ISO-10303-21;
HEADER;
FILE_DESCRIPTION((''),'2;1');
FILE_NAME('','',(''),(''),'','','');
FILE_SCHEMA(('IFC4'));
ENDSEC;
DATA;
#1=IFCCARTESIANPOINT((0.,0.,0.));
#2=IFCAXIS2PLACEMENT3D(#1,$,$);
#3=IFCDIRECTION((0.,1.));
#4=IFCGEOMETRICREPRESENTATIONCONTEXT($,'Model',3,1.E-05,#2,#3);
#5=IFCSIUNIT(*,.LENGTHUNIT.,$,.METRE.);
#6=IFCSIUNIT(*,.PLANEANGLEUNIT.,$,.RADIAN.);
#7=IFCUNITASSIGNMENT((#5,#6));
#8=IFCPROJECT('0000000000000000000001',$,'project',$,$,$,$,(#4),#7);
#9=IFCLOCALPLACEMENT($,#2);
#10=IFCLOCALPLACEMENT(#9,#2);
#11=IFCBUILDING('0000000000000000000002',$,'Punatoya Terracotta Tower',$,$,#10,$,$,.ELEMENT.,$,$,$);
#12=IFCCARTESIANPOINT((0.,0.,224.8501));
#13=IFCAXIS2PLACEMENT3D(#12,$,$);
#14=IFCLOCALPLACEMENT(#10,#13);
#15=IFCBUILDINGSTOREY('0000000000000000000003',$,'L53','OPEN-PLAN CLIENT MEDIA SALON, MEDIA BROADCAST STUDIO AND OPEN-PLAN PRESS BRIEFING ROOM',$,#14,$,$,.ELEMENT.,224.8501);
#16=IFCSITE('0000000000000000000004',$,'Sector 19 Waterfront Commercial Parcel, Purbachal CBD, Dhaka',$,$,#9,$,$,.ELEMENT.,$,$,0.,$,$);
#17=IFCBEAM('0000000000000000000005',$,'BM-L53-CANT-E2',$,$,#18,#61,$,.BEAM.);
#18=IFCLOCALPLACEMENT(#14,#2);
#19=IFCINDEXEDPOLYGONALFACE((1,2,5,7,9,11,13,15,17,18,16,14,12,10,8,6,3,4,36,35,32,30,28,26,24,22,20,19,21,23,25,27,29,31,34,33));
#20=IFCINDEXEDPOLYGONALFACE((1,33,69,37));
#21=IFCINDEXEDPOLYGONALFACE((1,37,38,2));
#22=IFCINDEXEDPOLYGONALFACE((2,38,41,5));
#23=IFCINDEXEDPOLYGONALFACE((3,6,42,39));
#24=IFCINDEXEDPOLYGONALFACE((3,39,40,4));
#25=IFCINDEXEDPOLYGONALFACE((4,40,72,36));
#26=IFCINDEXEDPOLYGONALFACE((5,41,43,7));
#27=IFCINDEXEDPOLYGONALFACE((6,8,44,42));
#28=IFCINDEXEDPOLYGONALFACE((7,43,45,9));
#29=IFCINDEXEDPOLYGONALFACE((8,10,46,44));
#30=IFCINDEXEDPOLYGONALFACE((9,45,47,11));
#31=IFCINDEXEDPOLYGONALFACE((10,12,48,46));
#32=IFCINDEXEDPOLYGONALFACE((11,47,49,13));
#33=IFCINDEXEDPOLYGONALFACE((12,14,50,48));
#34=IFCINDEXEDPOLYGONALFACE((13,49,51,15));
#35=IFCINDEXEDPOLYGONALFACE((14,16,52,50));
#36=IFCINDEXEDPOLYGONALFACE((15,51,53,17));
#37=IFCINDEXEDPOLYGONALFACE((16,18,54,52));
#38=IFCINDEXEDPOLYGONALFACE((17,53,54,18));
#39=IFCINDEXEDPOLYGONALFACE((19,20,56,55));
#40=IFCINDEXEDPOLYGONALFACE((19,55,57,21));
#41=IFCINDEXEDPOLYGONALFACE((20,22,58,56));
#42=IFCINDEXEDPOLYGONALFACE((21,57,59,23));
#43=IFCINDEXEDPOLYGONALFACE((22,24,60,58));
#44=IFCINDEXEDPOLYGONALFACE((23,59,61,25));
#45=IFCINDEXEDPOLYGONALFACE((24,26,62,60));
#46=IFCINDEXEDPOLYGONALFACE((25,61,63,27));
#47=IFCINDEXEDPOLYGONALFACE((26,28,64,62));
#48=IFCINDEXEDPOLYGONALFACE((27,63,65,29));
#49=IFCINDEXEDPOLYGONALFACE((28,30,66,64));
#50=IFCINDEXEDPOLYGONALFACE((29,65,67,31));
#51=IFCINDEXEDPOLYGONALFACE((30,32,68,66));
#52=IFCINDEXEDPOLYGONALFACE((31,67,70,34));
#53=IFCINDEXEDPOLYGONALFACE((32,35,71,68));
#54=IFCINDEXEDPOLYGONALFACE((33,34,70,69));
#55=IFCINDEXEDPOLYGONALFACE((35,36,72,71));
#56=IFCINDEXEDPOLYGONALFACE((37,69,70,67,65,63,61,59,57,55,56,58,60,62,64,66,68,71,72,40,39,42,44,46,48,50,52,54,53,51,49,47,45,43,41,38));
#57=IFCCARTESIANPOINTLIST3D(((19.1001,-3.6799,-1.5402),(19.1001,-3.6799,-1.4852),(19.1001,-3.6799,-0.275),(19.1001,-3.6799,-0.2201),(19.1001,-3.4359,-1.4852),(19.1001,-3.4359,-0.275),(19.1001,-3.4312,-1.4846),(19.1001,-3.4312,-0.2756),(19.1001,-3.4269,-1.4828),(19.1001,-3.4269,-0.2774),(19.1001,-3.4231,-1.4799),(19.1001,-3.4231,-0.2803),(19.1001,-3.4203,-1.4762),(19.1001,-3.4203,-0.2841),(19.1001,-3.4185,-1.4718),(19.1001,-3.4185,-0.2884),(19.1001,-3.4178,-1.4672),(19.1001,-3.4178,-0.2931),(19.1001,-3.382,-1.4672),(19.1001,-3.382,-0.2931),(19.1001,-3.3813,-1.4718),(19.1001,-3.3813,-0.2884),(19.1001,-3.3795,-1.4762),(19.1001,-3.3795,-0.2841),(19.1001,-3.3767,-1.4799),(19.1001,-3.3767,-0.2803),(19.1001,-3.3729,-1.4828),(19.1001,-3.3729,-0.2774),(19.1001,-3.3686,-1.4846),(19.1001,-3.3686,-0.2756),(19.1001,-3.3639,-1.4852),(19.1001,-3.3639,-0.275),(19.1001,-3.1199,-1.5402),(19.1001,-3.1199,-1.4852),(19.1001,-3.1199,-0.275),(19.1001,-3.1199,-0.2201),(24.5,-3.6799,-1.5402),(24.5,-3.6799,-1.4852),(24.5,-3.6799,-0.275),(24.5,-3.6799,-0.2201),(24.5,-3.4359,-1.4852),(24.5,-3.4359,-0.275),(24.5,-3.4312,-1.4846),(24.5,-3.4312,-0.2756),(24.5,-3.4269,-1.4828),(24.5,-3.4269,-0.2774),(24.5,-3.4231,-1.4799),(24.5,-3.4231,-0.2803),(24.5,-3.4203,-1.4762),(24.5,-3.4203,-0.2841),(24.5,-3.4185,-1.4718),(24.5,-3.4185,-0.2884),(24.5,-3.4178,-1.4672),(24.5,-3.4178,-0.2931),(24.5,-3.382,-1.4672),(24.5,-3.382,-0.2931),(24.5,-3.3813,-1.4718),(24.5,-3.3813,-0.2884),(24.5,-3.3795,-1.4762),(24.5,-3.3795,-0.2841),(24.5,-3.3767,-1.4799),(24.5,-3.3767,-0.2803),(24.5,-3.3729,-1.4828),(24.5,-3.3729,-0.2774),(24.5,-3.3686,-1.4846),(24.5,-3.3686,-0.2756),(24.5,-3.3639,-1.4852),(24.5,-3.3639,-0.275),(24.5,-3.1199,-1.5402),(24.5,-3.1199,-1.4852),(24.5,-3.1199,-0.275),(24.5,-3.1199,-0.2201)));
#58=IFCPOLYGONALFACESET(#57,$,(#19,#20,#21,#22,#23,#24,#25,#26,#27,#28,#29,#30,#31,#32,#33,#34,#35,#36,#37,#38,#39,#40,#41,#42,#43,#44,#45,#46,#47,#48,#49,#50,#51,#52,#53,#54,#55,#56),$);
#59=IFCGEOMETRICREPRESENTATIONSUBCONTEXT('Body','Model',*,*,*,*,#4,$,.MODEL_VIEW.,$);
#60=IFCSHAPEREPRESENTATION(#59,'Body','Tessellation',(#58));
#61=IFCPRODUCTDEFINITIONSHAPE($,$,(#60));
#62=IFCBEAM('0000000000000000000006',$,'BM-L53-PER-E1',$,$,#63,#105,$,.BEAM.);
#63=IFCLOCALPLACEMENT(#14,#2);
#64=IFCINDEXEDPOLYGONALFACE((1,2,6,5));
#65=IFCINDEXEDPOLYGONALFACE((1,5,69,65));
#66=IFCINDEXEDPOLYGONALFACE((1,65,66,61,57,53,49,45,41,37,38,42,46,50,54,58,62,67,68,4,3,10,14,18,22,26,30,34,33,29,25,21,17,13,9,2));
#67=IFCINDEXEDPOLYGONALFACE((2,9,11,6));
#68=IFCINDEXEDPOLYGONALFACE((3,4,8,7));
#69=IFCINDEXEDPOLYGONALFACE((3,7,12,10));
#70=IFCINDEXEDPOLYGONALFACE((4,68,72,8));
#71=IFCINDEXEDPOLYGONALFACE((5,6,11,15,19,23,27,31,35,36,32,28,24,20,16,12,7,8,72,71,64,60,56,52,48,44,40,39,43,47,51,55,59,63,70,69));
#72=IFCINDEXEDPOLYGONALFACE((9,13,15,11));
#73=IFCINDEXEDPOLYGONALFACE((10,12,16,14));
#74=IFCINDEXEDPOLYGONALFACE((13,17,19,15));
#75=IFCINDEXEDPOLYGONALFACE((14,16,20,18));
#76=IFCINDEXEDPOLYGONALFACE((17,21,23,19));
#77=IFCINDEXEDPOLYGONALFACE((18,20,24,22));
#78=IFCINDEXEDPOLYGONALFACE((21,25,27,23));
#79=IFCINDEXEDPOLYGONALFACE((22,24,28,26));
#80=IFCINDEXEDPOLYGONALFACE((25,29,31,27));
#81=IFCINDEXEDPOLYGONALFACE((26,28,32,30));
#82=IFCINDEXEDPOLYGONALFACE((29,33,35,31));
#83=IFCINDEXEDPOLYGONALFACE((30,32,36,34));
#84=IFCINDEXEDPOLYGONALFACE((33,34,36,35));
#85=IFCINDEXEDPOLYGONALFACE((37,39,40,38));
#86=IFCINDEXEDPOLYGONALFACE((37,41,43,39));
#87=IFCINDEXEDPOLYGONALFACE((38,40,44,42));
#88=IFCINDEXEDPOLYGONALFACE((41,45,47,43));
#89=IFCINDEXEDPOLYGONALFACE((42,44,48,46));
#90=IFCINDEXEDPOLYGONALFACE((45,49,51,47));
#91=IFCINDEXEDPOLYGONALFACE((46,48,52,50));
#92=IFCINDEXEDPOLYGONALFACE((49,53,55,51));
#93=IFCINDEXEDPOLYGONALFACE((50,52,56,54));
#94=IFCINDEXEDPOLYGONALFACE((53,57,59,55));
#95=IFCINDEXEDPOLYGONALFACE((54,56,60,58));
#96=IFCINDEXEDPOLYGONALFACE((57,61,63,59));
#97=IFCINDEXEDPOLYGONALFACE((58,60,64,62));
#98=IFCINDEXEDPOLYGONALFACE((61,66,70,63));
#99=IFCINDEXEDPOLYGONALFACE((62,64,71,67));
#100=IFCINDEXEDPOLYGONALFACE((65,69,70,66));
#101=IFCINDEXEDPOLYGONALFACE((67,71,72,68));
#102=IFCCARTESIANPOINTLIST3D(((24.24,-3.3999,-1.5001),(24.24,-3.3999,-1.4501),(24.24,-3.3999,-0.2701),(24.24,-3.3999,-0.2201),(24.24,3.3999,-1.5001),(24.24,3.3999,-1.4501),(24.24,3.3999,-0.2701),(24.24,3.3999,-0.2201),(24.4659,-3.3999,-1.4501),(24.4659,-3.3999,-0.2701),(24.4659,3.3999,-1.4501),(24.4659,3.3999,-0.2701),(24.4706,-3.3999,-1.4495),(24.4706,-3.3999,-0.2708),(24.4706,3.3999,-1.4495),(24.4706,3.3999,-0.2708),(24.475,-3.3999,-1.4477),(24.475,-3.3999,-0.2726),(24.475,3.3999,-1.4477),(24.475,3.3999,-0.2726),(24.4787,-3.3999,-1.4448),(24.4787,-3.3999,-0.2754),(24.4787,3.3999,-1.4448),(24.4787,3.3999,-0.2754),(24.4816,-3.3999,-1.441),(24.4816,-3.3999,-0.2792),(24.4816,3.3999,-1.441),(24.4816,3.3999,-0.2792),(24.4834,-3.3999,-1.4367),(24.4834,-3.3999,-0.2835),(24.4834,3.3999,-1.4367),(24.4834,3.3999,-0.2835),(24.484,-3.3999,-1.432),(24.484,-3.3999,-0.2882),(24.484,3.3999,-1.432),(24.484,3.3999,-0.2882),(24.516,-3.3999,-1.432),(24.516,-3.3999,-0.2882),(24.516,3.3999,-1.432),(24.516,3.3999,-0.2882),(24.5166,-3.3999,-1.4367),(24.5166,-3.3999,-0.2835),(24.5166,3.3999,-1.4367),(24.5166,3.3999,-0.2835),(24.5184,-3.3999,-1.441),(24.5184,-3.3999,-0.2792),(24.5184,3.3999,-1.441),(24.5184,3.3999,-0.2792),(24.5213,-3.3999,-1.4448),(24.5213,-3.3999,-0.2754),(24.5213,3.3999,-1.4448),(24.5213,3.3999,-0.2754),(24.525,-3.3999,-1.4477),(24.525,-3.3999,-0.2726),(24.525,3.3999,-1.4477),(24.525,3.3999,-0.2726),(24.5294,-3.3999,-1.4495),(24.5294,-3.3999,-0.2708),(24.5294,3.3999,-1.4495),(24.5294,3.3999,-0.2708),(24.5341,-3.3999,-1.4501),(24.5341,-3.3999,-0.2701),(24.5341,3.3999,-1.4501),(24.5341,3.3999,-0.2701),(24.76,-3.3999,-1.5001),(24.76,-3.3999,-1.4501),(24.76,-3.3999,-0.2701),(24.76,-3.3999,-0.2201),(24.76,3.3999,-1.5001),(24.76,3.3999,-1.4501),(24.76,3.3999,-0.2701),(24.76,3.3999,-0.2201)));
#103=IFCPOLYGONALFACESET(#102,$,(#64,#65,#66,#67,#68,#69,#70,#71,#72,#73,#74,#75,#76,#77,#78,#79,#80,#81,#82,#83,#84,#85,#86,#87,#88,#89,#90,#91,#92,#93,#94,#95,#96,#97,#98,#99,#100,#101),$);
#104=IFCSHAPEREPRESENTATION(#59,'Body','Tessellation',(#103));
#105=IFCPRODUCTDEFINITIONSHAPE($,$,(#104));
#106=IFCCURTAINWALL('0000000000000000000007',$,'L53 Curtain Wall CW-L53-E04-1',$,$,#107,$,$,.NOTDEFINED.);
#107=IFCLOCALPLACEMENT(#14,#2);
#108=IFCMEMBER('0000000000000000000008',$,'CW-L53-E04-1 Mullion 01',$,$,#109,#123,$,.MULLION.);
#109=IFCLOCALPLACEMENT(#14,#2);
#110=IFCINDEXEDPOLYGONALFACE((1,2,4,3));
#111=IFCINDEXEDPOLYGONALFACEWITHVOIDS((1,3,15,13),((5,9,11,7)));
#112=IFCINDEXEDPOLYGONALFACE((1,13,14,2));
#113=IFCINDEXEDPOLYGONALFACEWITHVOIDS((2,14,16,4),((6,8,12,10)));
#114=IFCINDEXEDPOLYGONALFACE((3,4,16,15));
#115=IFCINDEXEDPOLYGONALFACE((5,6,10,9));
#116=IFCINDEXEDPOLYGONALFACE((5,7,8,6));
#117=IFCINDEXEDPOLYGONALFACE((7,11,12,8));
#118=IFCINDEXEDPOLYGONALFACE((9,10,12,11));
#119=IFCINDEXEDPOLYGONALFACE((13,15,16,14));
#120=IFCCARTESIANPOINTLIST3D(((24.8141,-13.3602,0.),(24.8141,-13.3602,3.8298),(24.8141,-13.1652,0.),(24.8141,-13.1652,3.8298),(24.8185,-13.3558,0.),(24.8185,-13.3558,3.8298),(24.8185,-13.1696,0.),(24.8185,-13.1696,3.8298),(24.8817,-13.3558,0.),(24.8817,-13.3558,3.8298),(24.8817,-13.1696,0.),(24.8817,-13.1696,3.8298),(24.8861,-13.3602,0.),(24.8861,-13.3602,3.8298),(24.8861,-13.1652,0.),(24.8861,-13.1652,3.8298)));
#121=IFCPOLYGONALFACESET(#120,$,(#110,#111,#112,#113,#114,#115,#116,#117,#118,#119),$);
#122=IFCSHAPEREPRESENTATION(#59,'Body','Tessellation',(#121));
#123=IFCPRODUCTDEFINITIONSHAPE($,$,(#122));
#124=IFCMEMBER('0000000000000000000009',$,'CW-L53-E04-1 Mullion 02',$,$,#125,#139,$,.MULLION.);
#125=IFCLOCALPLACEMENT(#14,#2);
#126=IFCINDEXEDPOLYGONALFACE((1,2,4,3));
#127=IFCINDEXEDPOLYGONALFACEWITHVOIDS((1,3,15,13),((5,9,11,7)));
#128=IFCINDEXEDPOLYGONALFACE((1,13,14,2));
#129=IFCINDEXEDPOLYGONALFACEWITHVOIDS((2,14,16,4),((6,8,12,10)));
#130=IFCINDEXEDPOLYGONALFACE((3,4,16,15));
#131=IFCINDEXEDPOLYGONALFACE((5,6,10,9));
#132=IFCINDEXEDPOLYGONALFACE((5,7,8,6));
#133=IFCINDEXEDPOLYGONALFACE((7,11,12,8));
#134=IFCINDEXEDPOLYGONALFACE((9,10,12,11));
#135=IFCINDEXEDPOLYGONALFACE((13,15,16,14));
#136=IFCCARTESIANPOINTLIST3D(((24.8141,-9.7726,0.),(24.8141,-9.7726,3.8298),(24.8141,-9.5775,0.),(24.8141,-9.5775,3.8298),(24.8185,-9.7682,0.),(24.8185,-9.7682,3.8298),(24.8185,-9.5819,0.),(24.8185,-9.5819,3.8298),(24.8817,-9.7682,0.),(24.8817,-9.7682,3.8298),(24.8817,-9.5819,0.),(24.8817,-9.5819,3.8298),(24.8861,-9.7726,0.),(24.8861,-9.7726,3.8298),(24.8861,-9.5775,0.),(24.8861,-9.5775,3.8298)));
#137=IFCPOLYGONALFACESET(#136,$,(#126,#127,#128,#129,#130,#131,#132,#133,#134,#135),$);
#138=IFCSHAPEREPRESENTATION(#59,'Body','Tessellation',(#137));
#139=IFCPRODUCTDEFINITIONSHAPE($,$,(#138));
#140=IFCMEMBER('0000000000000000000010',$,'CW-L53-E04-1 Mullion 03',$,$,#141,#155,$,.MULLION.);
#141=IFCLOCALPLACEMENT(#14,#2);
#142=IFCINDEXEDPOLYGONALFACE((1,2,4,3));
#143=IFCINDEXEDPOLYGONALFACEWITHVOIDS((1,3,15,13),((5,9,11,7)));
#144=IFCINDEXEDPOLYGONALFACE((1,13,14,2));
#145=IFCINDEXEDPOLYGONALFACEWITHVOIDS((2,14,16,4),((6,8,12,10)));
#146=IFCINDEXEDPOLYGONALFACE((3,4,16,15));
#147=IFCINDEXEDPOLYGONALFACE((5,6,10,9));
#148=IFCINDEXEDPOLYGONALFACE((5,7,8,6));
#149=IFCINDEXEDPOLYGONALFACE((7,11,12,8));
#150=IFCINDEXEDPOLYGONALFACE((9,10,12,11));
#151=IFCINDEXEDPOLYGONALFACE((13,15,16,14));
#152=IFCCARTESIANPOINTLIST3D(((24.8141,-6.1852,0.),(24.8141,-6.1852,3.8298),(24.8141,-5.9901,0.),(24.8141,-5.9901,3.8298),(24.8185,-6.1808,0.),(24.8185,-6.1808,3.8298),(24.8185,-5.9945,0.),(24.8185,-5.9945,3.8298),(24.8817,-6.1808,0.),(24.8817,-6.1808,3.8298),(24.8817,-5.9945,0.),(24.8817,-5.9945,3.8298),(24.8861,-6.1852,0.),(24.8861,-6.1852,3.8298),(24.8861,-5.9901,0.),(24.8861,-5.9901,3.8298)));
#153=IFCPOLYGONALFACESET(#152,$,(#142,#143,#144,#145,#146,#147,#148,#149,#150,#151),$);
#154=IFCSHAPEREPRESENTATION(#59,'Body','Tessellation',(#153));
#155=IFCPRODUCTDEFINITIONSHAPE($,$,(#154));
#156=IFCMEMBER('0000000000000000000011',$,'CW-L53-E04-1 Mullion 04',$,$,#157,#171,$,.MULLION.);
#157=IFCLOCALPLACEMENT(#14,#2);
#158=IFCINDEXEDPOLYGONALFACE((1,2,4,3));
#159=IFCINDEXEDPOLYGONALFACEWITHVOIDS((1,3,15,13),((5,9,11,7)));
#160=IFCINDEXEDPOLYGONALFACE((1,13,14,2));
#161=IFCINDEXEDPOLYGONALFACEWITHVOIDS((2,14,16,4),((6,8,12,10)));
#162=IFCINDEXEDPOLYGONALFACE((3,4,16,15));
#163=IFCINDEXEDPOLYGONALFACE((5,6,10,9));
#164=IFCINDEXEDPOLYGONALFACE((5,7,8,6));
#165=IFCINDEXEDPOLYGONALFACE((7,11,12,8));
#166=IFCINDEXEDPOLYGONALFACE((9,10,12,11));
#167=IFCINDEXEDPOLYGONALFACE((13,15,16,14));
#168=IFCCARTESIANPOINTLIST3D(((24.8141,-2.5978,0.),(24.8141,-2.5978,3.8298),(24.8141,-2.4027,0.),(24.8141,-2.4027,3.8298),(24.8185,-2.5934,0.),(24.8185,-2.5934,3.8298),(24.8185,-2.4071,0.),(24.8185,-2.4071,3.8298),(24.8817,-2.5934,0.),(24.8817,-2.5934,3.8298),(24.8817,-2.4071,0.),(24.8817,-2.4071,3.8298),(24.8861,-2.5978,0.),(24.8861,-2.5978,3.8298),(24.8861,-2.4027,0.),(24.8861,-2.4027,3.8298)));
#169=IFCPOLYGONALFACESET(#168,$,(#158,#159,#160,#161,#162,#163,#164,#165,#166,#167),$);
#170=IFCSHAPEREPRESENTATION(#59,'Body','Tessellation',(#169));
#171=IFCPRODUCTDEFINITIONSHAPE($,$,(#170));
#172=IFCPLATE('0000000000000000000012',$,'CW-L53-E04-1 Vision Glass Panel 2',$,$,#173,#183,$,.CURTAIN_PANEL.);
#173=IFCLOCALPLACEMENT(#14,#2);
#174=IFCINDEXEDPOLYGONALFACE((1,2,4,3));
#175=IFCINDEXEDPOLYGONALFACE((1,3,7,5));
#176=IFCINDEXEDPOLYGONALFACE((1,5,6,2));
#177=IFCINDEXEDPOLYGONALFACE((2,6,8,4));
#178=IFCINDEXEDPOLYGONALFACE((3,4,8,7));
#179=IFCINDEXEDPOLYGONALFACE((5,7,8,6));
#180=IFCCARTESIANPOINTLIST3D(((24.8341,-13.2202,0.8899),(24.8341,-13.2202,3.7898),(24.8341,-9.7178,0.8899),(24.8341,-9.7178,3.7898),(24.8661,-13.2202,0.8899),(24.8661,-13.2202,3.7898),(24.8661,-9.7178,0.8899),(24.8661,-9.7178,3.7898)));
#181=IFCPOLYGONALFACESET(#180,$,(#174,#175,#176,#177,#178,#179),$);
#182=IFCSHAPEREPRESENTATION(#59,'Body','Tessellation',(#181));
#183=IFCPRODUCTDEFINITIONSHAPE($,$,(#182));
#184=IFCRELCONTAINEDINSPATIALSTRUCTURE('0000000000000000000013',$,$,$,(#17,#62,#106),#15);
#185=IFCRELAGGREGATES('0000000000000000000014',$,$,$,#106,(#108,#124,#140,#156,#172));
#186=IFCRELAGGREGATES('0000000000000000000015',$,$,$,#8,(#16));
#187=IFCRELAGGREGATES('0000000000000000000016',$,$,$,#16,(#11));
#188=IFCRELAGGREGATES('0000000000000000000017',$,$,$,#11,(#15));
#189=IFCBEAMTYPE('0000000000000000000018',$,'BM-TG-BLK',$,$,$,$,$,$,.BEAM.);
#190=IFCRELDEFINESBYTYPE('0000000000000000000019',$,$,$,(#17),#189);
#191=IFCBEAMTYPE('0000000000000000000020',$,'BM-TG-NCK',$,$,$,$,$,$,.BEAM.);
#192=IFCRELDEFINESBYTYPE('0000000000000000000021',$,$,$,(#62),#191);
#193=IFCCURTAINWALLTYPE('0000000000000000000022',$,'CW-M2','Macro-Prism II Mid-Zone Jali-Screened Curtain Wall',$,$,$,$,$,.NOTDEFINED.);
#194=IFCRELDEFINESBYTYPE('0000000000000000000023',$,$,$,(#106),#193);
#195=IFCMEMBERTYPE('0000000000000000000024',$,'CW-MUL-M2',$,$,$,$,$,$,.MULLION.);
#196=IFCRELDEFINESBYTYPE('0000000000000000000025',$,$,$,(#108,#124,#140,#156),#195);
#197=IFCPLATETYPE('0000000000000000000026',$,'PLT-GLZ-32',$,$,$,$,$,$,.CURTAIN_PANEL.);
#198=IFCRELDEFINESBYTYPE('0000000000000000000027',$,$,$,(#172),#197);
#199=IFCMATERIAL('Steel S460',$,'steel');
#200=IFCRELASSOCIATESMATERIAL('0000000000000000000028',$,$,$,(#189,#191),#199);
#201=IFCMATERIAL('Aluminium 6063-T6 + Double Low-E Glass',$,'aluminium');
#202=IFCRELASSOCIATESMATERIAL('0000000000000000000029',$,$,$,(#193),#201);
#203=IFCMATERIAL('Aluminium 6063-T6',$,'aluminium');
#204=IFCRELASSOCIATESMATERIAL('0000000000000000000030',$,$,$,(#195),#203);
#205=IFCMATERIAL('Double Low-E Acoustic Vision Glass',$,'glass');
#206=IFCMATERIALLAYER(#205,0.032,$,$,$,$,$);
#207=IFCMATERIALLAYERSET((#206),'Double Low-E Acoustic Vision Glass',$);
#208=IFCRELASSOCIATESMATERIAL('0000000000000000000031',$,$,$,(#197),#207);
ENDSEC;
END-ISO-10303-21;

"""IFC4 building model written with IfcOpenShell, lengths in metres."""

from ifc_helpers import new_model, si_unit, direction, frame, origin, origin_2d, place, context, subcontext, project, spatial, rectangle, hollow_rectangle, i_section, extrude, material, layer, layer_set, material_profile, profile_set, type_object, element, aggregate, save


model = new_model("IFC4")

# Units and contexts
model_context = context("Model", 3, precision=1e-05, world=origin(), true_north=direction((0.0, 1.0)))
body_context = subcontext(model_context, "Body", "Model", "MODEL_VIEW")
ifc_project = project(units=[si_unit("LENGTHUNIT", "METRE"), si_unit("PLANEANGLEUNIT", "RADIAN")], contexts=[model_context])

# Site, building, storey
site_placement = place(None, origin())
site = spatial("IfcSite", under=ifc_project, at=site_placement, Name="Sector 19 Waterfront Commercial Parcel, Purbachal CBD, Dhaka", CompositionType="ELEMENT", RefElevation=0.0)
building_placement = place(site_placement, origin())
building = spatial("IfcBuilding", under=site, at=building_placement, Name="Punatoya Terracotta Tower", CompositionType="ELEMENT")
storey_placement = place(building_placement, frame((0.0, 0.0, 224.8501)))
storey = spatial("IfcBuildingStorey", under=building, at=storey_placement, Name="L53", Description="OPEN-PLAN CLIENT MEDIA SALON, MEDIA BROADCAST STUDIO AND OPEN-PLAN PRESS BRIEFING ROOM", CompositionType="ELEMENT", Elevation=224.8501)

# Shared definitions
ifc_material_1 = material(Name="Steel S460", Category="steel")

# Beams
ifc_material_profile_1 = material_profile(ifc_material_1, i_section(OverallWidth=0.5601, OverallDepth=1.3201, WebThickness=0.0359, FlangeThickness=0.0549, FilletRadius=0.0181, at=origin_2d()))
ifc_profile_set_1 = profile_set([ifc_material_profile_1], Name="Steel S460")
beam_type_1 = type_object("IfcBeamType", Name="BM-TG-BLK", PredefinedType="BEAM", material=ifc_profile_set_1)
beam_1_placement = place(storey_placement, frame((19.1001, -3.3999, -0.8801), z_axis=(1.0, 0.0, 0.0), x_axis=(0.0, 1.0, 0.0)))
element("IfcBeam", 1, at=beam_1_placement, inside=storey, type_object=beam_type_1, Name="BM-L53-CANT-E2", PredefinedType="BEAM", context=body_context, shape_type="SweptSolid", body=[
    extrude(i_section(OverallWidth=0.5601, OverallDepth=1.3201, WebThickness=0.0359, FlangeThickness=0.0549, FilletRadius=0.0181, at=origin_2d()), origin(), (0.0, 0.0, 1.0), 5.3999),
])
ifc_material_profile_2 = material_profile(ifc_material_1, i_section(OverallWidth=0.52, OverallDepth=1.28, WebThickness=0.032, FlangeThickness=0.05, FilletRadius=0.0181, at=origin_2d()))
ifc_profile_set_2 = profile_set([ifc_material_profile_2], Name="Steel S460")
beam_type_2 = type_object("IfcBeamType", Name="BM-TG-NCK", PredefinedType="BEAM", material=ifc_profile_set_2)
beam_2_placement = place(storey_placement, frame((24.5, -3.3999, -0.8601), z_axis=(0.0, 1.0, 0.0), x_axis=(-1.0, 0.0, 0.0)))
element("IfcBeam", 2, at=beam_2_placement, inside=storey, type_object=beam_type_2, Name="BM-L53-PER-E1", PredefinedType="BEAM", context=body_context, shape_type="SweptSolid", body=[
    extrude(i_section(OverallWidth=0.52, OverallDepth=1.28, WebThickness=0.032, FlangeThickness=0.05, FilletRadius=0.0181, at=origin_2d()), origin(), (0.0, 0.0, 1.0), 6.7998),
])

# Curtain wall, members, plate
ifc_material_2 = material(Name="Aluminium 6063-T6 + Double Low-E Glass", Category="aluminium")
curtain_wall_type = type_object("IfcCurtainWallType", Name="CW-M2", Description="Macro-Prism II Mid-Zone Jali-Screened Curtain Wall", PredefinedType="NOTDEFINED", material=ifc_material_2)
curtain_wall_placement = place(storey_placement, origin())
curtain_wall = element("IfcCurtainWall", 3, at=curtain_wall_placement, inside=storey, type_object=curtain_wall_type, Name="L53 Curtain Wall CW-L53-E04-1", PredefinedType="NOTDEFINED")
ifc_material_3 = material(Name="Aluminium 6063-T6", Category="aluminium")
ifc_material_profile_3 = material_profile(ifc_material_3, hollow_rectangle(XDim=0.072, YDim=0.1951, WallThickness=0.0044, at=origin_2d()))
ifc_profile_set_3 = profile_set([ifc_material_profile_3], Name="Aluminium 6063-T6")
member_type = type_object("IfcMemberType", Name="CW-MUL-M2", PredefinedType="MULLION", material=ifc_profile_set_3)
member_1_placement = place(storey_placement, frame((24.8501, -13.2627, 0.0), z_axis=(0.0, 0.0, 1.0), x_axis=(1.0, 0.0, 0.0)))
member_1 = element("IfcMember", 4, at=member_1_placement, type_object=member_type, Name="CW-L53-E04-1 Mullion 01", PredefinedType="MULLION", context=body_context, shape_type="SweptSolid", body=[
    extrude(hollow_rectangle(XDim=0.072, YDim=0.1951, WallThickness=0.0044, at=origin_2d()), origin(), (0.0, 0.0, 1.0), 3.8298),
])
member_2_placement = place(storey_placement, frame((24.8501, -9.675, 0.0), z_axis=(0.0, 0.0, 1.0), x_axis=(1.0, 0.0, 0.0)))
member_2 = element("IfcMember", 5, at=member_2_placement, type_object=member_type, Name="CW-L53-E04-1 Mullion 02", PredefinedType="MULLION", context=body_context, shape_type="SweptSolid", body=[
    extrude(hollow_rectangle(XDim=0.072, YDim=0.1951, WallThickness=0.0044, at=origin_2d()), origin(), (0.0, 0.0, 1.0), 3.8298),
])
member_3_placement = place(storey_placement, frame((24.8501, -6.0876, 0.0), z_axis=(0.0, 0.0, 1.0), x_axis=(1.0, 0.0, 0.0)))
member_3 = element("IfcMember", 6, at=member_3_placement, type_object=member_type, Name="CW-L53-E04-1 Mullion 03", PredefinedType="MULLION", context=body_context, shape_type="SweptSolid", body=[
    extrude(hollow_rectangle(XDim=0.072, YDim=0.1951, WallThickness=0.0044, at=origin_2d()), origin(), (0.0, 0.0, 1.0), 3.8298),
])
member_4_placement = place(storey_placement, frame((24.8501, -2.5002, 0.0), z_axis=(0.0, 0.0, 1.0), x_axis=(1.0, 0.0, 0.0)))
member_4 = element("IfcMember", 7, at=member_4_placement, type_object=member_type, Name="CW-L53-E04-1 Mullion 04", PredefinedType="MULLION", context=body_context, shape_type="SweptSolid", body=[
    extrude(hollow_rectangle(XDim=0.072, YDim=0.1951, WallThickness=0.0044, at=origin_2d()), origin(), (0.0, 0.0, 1.0), 3.8298),
])
ifc_material_4 = material(Name="Double Low-E Acoustic Vision Glass", Category="glass")
ifc_layer_1 = layer(ifc_material_4, 0.032)
ifc_layer_set_1 = layer_set([ifc_layer_1], Name="Double Low-E Acoustic Vision Glass")
plate_type_1 = type_object("IfcPlateType", Name="PLT-GLZ-32", PredefinedType="CURTAIN_PANEL", material=ifc_layer_set_1)
plate_1_placement = place(storey_placement, frame((24.8501, -11.469, 0.8899), z_axis=(0.0, 0.0, 1.0), x_axis=(0.0, 1.0, 0.0)))
plate_1 = element("IfcPlate", 8, at=plate_1_placement, type_object=plate_type_1, Name="CW-L53-E04-1 Vision Glass Panel 2", PredefinedType="CURTAIN_PANEL", context=body_context, shape_type="SweptSolid", body=[
    extrude(rectangle(XDim=3.5024, YDim=0.032, at=origin_2d()), origin(), (0.0, 0.0, 1.0), 2.8999),
])
aggregate(curtain_wall, [member_1, member_2, member_3, member_4, plate_1])

save(model, "model.ifc")
